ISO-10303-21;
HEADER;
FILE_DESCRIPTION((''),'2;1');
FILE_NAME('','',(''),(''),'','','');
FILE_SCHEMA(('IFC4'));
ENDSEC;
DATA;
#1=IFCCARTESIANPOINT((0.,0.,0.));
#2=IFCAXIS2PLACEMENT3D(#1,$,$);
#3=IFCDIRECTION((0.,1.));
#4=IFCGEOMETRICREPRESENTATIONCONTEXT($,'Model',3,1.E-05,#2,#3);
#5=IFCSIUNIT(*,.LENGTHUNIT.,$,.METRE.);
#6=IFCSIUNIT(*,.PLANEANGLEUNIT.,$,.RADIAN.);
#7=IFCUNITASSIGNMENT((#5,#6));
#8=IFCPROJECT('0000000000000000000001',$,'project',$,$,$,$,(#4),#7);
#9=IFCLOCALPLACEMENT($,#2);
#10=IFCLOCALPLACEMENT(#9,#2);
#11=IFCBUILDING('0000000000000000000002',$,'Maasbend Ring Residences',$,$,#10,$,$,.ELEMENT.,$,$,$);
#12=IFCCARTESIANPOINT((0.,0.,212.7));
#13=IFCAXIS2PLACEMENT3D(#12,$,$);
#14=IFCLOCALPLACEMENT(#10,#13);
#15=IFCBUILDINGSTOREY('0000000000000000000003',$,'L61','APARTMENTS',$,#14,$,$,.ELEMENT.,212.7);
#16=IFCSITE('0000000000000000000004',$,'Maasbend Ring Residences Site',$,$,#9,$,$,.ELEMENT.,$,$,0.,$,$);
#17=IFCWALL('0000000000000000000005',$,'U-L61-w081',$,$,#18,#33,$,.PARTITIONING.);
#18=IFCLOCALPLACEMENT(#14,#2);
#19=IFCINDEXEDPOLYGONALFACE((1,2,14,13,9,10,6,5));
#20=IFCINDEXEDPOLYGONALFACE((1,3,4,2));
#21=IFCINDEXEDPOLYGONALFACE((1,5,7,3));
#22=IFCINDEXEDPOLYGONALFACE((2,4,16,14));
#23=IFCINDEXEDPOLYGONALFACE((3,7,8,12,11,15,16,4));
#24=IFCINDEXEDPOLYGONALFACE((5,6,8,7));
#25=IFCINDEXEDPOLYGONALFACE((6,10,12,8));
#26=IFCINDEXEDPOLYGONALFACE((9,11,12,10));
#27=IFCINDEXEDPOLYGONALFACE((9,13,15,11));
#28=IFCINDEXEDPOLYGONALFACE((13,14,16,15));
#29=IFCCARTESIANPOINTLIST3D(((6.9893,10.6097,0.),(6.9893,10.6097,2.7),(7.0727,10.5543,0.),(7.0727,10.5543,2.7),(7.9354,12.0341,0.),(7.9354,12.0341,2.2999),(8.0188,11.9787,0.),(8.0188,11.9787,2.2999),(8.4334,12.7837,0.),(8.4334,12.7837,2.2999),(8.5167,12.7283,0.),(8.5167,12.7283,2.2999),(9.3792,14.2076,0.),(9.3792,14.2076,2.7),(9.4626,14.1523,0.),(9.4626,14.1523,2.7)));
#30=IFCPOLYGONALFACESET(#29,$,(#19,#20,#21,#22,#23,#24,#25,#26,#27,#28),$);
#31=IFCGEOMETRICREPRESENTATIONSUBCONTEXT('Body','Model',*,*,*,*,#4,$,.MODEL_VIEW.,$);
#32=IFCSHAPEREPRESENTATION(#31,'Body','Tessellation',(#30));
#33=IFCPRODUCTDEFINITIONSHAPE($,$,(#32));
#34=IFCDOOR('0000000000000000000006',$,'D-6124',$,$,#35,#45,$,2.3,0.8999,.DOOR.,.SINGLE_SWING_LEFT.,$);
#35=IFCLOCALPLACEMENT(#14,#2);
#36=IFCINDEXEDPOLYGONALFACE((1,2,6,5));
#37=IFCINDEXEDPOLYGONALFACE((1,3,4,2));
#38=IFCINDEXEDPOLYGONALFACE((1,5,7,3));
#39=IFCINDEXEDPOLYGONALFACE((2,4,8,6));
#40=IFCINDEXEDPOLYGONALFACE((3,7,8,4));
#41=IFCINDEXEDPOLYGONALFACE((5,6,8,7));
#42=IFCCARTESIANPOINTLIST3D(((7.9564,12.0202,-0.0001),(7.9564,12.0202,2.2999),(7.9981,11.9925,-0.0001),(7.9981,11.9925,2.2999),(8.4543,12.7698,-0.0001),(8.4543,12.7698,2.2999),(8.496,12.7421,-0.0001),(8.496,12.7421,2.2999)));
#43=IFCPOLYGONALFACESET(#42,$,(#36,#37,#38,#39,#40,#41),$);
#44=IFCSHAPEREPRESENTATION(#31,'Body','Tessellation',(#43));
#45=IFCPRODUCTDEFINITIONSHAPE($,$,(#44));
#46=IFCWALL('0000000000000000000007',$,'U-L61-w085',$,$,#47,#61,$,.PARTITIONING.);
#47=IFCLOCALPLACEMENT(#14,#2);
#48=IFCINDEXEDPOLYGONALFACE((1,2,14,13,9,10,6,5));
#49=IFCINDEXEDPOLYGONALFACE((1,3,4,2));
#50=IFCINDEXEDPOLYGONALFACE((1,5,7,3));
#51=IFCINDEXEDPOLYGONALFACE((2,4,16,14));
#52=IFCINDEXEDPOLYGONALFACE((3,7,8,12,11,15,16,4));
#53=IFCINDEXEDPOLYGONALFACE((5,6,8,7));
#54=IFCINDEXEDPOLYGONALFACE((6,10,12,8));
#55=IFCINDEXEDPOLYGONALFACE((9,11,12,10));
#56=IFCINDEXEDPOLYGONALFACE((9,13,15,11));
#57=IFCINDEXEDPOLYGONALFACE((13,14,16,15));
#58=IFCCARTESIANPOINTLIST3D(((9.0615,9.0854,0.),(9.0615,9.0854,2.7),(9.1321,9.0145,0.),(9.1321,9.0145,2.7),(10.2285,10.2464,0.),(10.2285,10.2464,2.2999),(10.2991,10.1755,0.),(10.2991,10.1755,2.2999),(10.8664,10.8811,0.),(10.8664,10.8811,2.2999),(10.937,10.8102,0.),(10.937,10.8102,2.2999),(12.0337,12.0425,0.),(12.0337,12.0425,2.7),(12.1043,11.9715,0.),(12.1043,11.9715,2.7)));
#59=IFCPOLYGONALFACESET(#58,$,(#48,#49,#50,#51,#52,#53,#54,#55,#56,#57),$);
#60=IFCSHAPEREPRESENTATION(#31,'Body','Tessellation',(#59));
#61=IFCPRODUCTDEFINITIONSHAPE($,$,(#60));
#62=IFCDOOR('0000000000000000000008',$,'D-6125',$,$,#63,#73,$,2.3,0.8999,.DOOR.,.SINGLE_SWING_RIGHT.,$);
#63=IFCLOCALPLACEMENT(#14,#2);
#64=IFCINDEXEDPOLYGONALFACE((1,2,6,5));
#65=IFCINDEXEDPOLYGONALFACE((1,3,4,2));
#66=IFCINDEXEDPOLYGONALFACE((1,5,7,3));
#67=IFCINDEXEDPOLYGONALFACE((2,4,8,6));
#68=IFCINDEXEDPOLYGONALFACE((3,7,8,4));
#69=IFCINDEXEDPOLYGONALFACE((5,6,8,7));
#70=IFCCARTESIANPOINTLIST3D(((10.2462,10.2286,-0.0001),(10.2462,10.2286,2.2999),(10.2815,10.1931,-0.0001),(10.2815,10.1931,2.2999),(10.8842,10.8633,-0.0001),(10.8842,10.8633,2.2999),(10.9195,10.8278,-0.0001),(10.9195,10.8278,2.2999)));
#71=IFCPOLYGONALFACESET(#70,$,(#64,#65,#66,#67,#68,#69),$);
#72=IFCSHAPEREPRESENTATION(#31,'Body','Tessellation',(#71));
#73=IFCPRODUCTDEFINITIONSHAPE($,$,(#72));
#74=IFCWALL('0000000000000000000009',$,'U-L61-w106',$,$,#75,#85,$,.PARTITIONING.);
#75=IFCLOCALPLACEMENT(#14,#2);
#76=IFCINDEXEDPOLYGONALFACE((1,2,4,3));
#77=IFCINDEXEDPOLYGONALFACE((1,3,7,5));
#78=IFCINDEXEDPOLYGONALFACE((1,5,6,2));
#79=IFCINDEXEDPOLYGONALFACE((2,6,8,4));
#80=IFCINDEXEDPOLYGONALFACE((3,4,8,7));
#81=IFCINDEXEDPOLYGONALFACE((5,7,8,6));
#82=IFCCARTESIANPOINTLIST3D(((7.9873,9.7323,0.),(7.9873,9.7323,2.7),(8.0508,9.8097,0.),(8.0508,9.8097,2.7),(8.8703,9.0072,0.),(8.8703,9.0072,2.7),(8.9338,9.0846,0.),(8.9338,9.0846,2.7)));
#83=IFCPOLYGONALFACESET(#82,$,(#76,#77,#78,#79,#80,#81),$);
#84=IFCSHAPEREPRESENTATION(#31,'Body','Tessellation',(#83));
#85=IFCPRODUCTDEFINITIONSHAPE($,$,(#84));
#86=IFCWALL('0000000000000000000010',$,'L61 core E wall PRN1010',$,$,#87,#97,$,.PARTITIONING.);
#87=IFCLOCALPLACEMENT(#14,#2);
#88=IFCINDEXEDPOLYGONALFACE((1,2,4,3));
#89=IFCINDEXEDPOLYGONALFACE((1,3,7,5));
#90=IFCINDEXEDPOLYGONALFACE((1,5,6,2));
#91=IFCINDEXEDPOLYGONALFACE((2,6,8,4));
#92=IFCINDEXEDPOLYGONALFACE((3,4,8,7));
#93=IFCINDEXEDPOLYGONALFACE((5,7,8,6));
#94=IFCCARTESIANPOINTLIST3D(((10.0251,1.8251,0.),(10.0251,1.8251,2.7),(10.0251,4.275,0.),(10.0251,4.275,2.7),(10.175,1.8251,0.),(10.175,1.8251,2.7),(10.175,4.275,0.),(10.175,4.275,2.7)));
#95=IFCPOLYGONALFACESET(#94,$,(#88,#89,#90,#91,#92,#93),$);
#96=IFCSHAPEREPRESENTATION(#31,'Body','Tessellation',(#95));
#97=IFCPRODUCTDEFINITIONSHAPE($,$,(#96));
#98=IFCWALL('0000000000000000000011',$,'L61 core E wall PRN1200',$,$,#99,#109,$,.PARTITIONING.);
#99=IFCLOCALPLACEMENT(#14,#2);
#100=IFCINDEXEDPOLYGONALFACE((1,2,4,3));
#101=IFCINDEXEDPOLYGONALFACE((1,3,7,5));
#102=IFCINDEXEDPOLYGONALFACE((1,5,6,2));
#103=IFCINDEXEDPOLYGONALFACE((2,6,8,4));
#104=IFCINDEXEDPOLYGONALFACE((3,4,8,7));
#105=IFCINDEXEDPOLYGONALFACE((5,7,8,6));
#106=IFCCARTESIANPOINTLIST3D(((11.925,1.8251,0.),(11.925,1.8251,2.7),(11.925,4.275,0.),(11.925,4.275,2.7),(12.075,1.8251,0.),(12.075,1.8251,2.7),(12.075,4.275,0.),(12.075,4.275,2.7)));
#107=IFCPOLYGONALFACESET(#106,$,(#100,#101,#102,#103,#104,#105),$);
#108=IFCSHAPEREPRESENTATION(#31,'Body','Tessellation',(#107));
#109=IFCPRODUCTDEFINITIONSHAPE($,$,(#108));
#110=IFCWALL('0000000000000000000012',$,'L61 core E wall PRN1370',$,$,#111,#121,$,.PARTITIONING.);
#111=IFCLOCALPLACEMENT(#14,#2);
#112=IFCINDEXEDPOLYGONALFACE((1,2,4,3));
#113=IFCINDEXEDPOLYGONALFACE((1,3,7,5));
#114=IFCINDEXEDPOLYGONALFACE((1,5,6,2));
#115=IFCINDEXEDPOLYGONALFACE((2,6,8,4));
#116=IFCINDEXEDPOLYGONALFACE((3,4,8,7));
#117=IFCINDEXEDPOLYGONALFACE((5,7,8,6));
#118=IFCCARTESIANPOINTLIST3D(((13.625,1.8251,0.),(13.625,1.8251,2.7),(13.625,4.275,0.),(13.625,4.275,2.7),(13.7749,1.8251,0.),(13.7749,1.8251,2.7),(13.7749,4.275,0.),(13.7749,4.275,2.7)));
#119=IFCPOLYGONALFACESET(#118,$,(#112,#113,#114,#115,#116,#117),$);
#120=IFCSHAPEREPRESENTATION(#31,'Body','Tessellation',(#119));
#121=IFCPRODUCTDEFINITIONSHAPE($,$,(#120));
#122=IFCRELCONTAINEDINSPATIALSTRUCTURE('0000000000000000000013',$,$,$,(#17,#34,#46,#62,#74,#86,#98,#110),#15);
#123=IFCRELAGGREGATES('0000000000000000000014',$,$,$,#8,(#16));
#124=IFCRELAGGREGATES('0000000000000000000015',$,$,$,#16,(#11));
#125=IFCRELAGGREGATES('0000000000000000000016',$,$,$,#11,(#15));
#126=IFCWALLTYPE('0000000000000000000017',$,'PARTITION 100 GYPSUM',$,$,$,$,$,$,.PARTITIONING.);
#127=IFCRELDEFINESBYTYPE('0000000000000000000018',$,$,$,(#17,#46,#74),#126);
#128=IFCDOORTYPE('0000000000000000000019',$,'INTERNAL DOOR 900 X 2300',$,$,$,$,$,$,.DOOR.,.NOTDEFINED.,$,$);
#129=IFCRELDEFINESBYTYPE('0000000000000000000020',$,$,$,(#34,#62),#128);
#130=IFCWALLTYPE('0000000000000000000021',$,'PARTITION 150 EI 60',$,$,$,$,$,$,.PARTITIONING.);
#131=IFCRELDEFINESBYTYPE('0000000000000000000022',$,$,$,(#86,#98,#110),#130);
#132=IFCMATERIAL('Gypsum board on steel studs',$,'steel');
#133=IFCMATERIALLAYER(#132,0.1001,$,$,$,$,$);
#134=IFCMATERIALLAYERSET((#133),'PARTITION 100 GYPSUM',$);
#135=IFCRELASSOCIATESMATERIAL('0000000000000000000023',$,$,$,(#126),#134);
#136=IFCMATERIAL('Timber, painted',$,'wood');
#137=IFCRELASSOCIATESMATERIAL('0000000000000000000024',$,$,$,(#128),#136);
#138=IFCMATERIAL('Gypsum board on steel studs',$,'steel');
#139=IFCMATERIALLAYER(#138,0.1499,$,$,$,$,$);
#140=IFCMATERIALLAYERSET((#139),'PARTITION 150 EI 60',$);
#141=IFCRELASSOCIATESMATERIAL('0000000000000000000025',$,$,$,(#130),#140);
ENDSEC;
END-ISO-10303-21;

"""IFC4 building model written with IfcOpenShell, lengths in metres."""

from ifc_helpers import new_model, si_unit, direction, frame, frame_2d, origin, place, context, subcontext, project, spatial, rectangle, extrude, material, layer, layer_set, type_object, element, fill, save


model = new_model("IFC4")

# Units and contexts
model_context = context("Model", 3, precision=1e-05, world=origin(), true_north=direction((0.0, 1.0)))
body_context = subcontext(model_context, "Body", "Model", "MODEL_VIEW")
ifc_project = project(units=[si_unit("LENGTHUNIT", "METRE"), si_unit("PLANEANGLEUNIT", "RADIAN")], contexts=[model_context])

# Site, building, storey
site_placement = place(None, origin())
site = spatial("IfcSite", under=ifc_project, at=site_placement, Name="Maasbend Ring Residences Site", CompositionType="ELEMENT", RefElevation=0.0)
building_placement = place(site_placement, origin())
building = spatial("IfcBuilding", under=site, at=building_placement, Name="Maasbend Ring Residences", CompositionType="ELEMENT")
storey_placement = place(building_placement, frame((0.0, 0.0, 212.7)))
storey = spatial("IfcBuildingStorey", under=building, at=storey_placement, Name="L61", Description="APARTMENTS", CompositionType="ELEMENT", Elevation=212.7)

# Walls, openings, doors
ifc_material_1 = material(Name="Gypsum board on steel studs", Category="steel")
ifc_layer_1 = layer(ifc_material_1, 0.1001)
ifc_layer_set_1 = layer_set([ifc_layer_1], Name="PARTITION 100 GYPSUM")
wall_type_1 = type_object("IfcWallType", Name="PARTITION 100 GYPSUM", PredefinedType="PARTITIONING", material=ifc_layer_set_1)
wall_1_placement = place(storey_placement, frame((7.031, 10.582, 0.0), z_axis=(0.0, 0.0, 1.0), x_axis=(0.553304, 0.83298, 0.0)))
wall_1 = element("IfcWall", 1, at=wall_1_placement, inside=storey, type_object=wall_type_1, Name="U-L61-w081", PredefinedType="PARTITIONING", context=body_context, shape_type="SweptSolid", body=[
    extrude(rectangle(XDim=4.3193, YDim=0.1001, at=frame_2d((2.1597, 0.0))), origin(), (0.0, 0.0, 1.0), 2.7),
])
opening_1_placement = place(wall_1_placement, frame((1.71, 0.0, 0.0)))
opening_1 = element("IfcOpeningElement", 2, at=opening_1_placement, cuts=wall_1, PredefinedType="OPENING", context=body_context, shape_type="SweptSolid", body=[
    extrude(rectangle(XDim=0.8999, YDim=2.3, at=frame_2d((0.45, 1.1499))), frame((0.0, 0.0601, 0.0), z_axis=(0.0, -1.0, 0.0), x_axis=(1.0, 0.0, 0.0)), (0.0, 0.0, 1.0), 0.1201),
])
ifc_material_2 = material(Name="Timber, painted", Category="wood")
door_type_1 = type_object("IfcDoorType", Name="INTERNAL DOOR 900 X 2300", OperationType="NOTDEFINED", PredefinedType="DOOR", material=ifc_material_2)
door_1_placement = place(opening_1_placement, origin())
door_1 = element("IfcDoor", 3, at=door_1_placement, inside=storey, type_object=door_type_1, Name="D-6124", OperationType="SINGLE_SWING_LEFT", OverallHeight=2.3, OverallWidth=0.8999, PredefinedType="DOOR", context=body_context, shape_type="SweptSolid", body=[
    extrude(rectangle(XDim=0.8999, YDim=2.3, at=frame_2d((0.45, 1.1499))), frame((0.0, 0.0249, 0.0), z_axis=(0.0, -1.0, 0.0), x_axis=(1.0, 0.0, 0.0)), (0.0, 0.0, 1.0), 0.05),
])
fill(opening_1, door_1)
wall_2_placement = place(storey_placement, frame((9.0969, 9.05, 0.0), z_axis=(0.0, 0.0, 1.0), x_axis=(0.70891, 0.705299, 0.0)))
wall_2 = element("IfcWall", 4, at=wall_2_placement, inside=storey, type_object=wall_type_1, Name="U-L61-w085", PredefinedType="PARTITIONING", context=body_context, shape_type="SweptSolid", body=[
    extrude(rectangle(XDim=4.1926, YDim=0.1001, at=frame_2d((2.0962, 0.0))), origin(), (0.0, 0.0, 1.0), 2.7),
])
opening_2_placement = place(wall_2_placement, frame((1.646, 0.0, 0.0)))
opening_2 = element("IfcOpeningElement", 5, at=opening_2_placement, cuts=wall_2, PredefinedType="OPENING", context=body_context, shape_type="SweptSolid", body=[
    extrude(rectangle(XDim=0.8999, YDim=2.3, at=frame_2d((0.45, 1.1499))), frame((0.0, 0.0601, 0.0), z_axis=(0.0, -1.0, 0.0), x_axis=(1.0, 0.0, 0.0)), (0.0, 0.0, 1.0), 0.1201),
])
door_2_placement = place(opening_2_placement, origin())
door_2 = element("IfcDoor", 6, at=door_2_placement, inside=storey, type_object=door_type_1, Name="D-6125", OperationType="SINGLE_SWING_RIGHT", OverallHeight=2.3, OverallWidth=0.8999, PredefinedType="DOOR", context=body_context, shape_type="SweptSolid", body=[
    extrude(rectangle(XDim=0.8999, YDim=2.3, at=frame_2d((0.45, 1.1499))), frame((0.0, 0.0249, 0.0), z_axis=(0.0, -1.0, 0.0), x_axis=(1.0, 0.0, 0.0)), (0.0, 0.0, 1.0), 0.05),
])
fill(opening_2, door_2)

# Walls
wall_3_placement = place(storey_placement, frame((8.019, 9.771, 0.0), z_axis=(0.0, 0.0, 1.0), x_axis=(0.772842, -0.634598, 0.0)))
element("IfcWall", 7, at=wall_3_placement, inside=storey, type_object=wall_type_1, Name="U-L61-w106", PredefinedType="PARTITIONING", context=body_context, shape_type="SweptSolid", body=[
    extrude(rectangle(XDim=1.1426, YDim=0.1001, at=frame_2d((0.5713, 0.0))), origin(), (0.0, 0.0, 1.0), 2.7),
])
ifc_material_3 = material(Name="Gypsum board on steel studs", Category="steel")
ifc_layer_2 = layer(ifc_material_3, 0.1499)
ifc_layer_set_2 = layer_set([ifc_layer_2], Name="PARTITION 150 EI 60")
wall_type_2 = type_object("IfcWallType", Name="PARTITION 150 EI 60", PredefinedType="PARTITIONING", material=ifc_layer_set_2)
for number, where, z_axis, x_axis, name in (
    (8, (10.1001, 1.825, 0.0), (0.0, 0.0, 1.0), (0.0, 1.0, 0.0), "L61 core E wall PRN1010"),
    (9, (12.0, 1.825, 0.0), (0.0, 0.0, 1.0), (0.0, 1.0, 0.0), "L61 core E wall PRN1200"),
    (10, (13.7, 1.825, 0.0), (0.0, 0.0, 1.0), (0.0, 1.0, 0.0), "L61 core E wall PRN1370"),
):
    element("IfcWall", number, at=place(storey_placement, frame(where, z_axis=z_axis, x_axis=x_axis)), inside=storey, type_object=wall_type_2, Name=name, PredefinedType="PARTITIONING", context=body_context, shape_type="SweptSolid", body=[
        extrude(rectangle(XDim=2.45, YDim=0.1499, at=frame_2d((1.2251, 0.0))), origin(), (0.0, 0.0, 1.0), 2.7),
    ])

save(model, "model.ifc")
